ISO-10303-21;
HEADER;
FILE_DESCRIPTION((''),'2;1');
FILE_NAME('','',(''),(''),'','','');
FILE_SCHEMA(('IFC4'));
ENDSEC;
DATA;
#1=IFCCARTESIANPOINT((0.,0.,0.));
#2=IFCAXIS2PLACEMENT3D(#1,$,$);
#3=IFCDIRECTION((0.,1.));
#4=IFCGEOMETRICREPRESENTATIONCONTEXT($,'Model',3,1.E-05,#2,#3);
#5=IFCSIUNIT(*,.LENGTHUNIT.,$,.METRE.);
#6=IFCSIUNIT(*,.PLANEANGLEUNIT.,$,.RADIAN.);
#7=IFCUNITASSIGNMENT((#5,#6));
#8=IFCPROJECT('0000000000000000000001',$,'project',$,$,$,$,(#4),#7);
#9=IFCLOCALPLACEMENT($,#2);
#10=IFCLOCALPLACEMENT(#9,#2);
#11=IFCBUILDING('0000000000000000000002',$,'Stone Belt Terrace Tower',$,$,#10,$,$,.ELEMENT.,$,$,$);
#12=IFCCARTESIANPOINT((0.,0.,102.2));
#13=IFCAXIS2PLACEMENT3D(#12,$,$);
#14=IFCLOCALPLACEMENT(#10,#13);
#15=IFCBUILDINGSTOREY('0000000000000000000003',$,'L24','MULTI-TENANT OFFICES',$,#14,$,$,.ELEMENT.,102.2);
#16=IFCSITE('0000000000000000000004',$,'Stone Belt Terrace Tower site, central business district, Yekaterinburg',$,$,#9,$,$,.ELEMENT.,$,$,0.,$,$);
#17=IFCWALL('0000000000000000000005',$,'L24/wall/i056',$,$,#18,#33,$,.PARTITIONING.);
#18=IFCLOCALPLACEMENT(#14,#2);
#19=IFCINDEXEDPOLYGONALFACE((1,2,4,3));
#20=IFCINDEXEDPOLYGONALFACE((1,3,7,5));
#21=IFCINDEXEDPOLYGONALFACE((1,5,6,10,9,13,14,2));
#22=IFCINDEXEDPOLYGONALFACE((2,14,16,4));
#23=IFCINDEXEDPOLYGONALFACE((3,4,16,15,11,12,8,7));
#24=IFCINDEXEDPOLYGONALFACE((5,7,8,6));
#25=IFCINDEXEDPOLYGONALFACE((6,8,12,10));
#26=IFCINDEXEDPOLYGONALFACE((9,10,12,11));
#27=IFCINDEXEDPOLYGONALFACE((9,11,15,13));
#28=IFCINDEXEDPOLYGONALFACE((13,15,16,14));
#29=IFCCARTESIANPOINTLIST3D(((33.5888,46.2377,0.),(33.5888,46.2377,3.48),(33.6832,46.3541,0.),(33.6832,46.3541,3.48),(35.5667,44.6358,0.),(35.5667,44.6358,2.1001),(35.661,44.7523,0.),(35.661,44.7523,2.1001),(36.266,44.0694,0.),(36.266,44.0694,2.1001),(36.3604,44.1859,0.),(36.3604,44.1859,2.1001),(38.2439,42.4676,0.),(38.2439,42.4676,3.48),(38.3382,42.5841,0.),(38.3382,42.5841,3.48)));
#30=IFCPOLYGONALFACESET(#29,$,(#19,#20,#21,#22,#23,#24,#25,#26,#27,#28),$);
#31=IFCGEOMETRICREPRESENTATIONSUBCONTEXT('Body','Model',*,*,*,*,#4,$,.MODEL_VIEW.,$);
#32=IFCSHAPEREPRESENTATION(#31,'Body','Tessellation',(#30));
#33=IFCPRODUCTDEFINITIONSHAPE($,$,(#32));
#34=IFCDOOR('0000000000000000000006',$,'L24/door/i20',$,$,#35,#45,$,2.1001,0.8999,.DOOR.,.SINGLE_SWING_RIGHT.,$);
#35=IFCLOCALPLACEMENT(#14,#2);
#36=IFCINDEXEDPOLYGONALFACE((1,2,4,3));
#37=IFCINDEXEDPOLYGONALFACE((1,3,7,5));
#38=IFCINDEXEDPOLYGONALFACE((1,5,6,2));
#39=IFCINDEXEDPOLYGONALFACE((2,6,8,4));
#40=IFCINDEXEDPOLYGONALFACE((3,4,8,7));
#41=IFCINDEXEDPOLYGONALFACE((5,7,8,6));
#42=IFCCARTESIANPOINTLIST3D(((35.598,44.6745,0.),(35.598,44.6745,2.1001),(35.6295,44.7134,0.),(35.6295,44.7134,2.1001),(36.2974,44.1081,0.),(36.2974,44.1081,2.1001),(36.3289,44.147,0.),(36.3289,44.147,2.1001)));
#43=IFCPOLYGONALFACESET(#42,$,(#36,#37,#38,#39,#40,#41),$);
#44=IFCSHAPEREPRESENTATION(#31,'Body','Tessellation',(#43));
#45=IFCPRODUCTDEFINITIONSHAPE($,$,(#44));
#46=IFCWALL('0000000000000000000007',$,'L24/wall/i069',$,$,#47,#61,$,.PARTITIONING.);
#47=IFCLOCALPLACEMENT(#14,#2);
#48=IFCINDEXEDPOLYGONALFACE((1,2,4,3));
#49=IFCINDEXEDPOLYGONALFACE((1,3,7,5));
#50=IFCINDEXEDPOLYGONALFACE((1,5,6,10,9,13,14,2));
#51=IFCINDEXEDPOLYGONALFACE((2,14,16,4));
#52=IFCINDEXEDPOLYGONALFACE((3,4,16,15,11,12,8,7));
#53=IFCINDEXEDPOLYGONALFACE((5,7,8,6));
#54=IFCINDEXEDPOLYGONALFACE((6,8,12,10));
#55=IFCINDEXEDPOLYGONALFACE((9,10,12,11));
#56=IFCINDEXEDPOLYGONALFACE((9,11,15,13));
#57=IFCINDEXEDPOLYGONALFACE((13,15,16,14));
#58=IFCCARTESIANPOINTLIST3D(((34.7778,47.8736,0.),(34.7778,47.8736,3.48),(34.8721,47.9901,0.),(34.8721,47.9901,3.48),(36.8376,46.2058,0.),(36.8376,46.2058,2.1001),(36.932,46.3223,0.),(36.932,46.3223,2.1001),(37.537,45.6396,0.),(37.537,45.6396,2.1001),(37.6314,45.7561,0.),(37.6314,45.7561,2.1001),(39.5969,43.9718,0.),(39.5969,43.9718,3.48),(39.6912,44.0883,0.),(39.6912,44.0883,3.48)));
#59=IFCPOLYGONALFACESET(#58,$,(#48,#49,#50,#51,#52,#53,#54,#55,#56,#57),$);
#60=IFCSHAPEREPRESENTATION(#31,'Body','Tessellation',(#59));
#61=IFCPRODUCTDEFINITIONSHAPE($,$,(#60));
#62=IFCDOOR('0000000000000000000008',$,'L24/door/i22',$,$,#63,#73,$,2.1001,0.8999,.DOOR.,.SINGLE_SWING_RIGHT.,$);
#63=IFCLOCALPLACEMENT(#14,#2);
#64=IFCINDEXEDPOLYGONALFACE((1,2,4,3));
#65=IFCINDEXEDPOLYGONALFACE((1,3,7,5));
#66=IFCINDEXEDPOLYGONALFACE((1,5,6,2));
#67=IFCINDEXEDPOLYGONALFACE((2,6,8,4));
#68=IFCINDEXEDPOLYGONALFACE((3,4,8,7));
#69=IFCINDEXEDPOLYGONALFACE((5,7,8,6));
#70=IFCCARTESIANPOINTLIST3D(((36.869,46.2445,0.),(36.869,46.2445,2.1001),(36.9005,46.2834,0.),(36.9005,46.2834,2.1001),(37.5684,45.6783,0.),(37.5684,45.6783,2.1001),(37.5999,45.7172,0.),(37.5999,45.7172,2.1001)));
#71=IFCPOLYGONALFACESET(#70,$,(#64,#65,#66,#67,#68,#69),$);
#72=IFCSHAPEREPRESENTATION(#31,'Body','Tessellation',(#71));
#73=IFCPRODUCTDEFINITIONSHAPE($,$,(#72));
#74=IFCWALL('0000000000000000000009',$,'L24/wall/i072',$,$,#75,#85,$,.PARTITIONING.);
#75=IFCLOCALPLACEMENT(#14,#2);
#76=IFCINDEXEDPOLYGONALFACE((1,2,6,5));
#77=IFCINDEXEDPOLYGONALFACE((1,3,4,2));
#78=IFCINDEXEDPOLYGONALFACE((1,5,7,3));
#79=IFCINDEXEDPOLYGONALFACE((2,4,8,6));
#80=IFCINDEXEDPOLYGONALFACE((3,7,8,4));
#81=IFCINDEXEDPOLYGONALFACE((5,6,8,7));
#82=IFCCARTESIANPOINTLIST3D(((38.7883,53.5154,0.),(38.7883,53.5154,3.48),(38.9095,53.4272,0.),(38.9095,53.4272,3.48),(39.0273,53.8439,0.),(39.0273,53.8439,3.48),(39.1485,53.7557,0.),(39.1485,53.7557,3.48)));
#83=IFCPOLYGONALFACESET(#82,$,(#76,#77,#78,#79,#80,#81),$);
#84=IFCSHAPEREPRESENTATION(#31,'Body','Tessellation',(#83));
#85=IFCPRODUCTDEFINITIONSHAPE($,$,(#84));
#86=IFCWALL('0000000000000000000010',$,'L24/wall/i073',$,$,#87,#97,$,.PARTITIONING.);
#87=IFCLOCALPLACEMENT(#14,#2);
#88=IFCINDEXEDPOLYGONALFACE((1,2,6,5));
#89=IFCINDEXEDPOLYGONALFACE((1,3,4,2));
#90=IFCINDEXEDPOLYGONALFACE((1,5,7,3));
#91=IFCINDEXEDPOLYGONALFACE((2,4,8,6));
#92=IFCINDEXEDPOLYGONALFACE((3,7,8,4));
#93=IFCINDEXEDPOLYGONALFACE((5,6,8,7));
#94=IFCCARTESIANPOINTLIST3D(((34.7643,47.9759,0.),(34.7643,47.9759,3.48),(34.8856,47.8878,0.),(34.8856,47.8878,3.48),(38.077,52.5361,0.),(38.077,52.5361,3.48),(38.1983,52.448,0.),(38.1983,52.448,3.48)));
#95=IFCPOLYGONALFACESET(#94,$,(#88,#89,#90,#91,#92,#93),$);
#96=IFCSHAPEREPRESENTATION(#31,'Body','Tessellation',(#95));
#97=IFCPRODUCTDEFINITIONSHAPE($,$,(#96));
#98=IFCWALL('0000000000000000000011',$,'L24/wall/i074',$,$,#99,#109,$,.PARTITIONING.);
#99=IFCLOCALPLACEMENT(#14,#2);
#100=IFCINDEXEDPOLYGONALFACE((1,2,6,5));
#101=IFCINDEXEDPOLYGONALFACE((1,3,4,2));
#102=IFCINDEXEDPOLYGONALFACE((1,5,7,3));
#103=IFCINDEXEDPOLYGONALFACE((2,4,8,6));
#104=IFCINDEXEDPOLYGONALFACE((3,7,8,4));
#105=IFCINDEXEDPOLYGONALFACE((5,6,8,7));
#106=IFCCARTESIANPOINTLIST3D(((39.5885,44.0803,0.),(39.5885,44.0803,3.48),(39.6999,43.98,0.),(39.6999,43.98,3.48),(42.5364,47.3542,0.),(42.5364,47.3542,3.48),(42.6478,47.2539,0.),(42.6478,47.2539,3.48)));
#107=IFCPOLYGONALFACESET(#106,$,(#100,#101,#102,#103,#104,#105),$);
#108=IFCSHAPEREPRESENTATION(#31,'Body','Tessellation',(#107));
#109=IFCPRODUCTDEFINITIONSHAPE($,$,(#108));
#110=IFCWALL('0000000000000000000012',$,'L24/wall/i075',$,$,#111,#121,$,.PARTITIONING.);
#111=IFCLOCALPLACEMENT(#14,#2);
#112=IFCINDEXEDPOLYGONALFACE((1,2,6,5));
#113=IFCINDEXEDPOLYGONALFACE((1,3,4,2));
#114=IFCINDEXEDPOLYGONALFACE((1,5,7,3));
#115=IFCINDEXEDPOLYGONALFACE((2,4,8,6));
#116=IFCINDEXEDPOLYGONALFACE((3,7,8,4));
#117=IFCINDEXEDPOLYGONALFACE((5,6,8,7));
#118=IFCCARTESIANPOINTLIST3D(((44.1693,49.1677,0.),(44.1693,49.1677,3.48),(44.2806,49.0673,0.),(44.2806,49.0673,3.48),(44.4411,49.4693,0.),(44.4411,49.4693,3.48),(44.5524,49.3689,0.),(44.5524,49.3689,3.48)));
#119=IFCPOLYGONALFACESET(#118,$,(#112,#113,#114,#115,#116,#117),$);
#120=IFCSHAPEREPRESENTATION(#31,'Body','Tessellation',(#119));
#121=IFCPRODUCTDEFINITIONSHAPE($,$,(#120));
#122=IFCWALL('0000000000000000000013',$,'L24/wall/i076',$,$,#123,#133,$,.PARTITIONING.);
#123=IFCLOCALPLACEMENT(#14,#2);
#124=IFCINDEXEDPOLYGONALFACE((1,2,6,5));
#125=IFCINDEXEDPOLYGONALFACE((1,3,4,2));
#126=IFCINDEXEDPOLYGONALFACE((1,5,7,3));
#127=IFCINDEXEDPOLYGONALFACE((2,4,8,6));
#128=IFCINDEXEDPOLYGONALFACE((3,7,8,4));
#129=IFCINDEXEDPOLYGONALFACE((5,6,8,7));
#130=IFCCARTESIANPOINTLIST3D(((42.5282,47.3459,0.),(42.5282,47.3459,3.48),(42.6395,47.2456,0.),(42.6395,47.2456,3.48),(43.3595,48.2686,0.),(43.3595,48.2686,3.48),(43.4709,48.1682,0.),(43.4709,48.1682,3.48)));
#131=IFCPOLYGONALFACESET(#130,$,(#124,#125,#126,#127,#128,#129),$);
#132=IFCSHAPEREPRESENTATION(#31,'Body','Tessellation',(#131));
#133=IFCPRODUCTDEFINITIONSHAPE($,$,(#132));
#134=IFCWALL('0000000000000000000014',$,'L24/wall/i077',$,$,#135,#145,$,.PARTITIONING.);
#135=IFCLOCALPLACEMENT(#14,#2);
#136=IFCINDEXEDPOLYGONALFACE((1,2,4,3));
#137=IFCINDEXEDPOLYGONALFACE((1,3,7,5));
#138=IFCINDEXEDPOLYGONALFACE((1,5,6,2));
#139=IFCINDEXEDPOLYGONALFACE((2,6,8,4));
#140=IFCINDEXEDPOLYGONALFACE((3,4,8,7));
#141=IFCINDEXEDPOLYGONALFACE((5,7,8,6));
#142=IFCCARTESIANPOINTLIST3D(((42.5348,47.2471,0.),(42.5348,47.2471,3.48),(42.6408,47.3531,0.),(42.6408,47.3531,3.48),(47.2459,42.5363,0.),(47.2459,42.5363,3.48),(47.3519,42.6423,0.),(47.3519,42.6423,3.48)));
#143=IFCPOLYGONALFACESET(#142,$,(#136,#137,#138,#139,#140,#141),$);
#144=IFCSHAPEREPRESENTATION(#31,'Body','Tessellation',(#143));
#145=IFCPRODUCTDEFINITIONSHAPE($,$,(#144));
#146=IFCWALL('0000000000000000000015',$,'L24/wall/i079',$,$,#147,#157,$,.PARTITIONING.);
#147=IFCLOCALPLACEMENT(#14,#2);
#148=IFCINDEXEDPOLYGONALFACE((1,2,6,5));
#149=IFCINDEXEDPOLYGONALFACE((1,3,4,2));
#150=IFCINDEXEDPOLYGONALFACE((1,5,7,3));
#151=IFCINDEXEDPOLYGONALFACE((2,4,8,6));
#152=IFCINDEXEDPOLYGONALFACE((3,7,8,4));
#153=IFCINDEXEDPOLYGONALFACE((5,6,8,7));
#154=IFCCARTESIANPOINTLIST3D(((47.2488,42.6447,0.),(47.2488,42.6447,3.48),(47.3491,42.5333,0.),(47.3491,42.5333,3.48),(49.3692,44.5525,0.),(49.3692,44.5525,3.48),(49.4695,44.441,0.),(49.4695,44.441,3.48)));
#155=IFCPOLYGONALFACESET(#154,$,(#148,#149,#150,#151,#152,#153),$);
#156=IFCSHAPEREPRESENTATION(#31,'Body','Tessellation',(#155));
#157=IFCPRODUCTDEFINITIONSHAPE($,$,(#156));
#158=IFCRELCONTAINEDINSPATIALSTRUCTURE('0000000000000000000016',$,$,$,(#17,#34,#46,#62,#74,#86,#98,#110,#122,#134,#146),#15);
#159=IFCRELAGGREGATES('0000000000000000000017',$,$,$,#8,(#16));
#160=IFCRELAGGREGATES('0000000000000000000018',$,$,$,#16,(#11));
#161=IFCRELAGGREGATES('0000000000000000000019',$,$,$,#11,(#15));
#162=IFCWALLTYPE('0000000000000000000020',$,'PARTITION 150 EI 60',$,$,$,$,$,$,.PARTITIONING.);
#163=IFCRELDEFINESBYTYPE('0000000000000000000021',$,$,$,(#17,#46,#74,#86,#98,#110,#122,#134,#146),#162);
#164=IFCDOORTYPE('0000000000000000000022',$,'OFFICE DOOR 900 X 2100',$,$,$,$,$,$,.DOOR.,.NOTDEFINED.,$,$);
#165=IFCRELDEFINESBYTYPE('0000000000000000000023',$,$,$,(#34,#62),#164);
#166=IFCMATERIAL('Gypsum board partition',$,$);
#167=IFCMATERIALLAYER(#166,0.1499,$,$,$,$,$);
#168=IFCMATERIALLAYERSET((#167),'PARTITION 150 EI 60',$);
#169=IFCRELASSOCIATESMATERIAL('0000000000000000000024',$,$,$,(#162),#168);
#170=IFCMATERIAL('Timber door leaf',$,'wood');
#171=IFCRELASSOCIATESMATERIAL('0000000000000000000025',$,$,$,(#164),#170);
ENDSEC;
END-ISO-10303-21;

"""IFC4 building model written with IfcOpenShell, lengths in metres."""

from ifc_helpers import new_model, si_unit, direction, frame, frame_2d, origin, place, context, subcontext, project, spatial, rectangle, extrude, material, layer, layer_set, type_object, element, fill, save


model = new_model("IFC4")

# Units and contexts
model_context = context("Model", 3, precision=1e-05, world=origin(), true_north=direction((0.0, 1.0)))
body_context = subcontext(model_context, "Body", "Model", "MODEL_VIEW")
ifc_project = project(units=[si_unit("LENGTHUNIT", "METRE"), si_unit("PLANEANGLEUNIT", "RADIAN")], contexts=[model_context])

# Site, building, storey
site_placement = place(None, origin())
site = spatial("IfcSite", under=ifc_project, at=site_placement, Name="Stone Belt Terrace Tower site, central business district, Yekaterinburg", CompositionType="ELEMENT", RefElevation=0.0)
building_placement = place(site_placement, origin())
building = spatial("IfcBuilding", under=site, at=building_placement, Name="Stone Belt Terrace Tower", CompositionType="ELEMENT")
storey_placement = place(building_placement, frame((0.0, 0.0, 102.2)))
storey = spatial("IfcBuildingStorey", under=building, at=storey_placement, Name="L24", Description="MULTI-TENANT OFFICES", CompositionType="ELEMENT", Elevation=102.2)

# Shared definitions
ifc_material_1 = material(Name="Gypsum board partition")
ifc_layer_1 = layer(ifc_material_1, 0.1499)
ifc_layer_set_1 = layer_set([ifc_layer_1], Name="PARTITION 150 EI 60")
wall_type = type_object("IfcWallType", Name="PARTITION 150 EI 60", PredefinedType="PARTITIONING", material=ifc_layer_set_1)

# Walls, openings, doors
wall_1_placement = place(storey_placement, frame((33.636, 46.2959, 0.0), z_axis=(0.0, 0.0, 1.0), x_axis=(0.777109, -0.629366, 0.0)))
wall_1 = element("IfcWall", 1, at=wall_1_placement, inside=storey, type_object=wall_type, Name="L24/wall/i056", PredefinedType="PARTITIONING", context=body_context, shape_type="SweptSolid", body=[
    extrude(rectangle(XDim=5.9902, YDim=0.1499, at=frame_2d((2.9951, 0.0))), origin(), (0.0, 0.0, 1.0), 3.48),
])
opening_1_placement = place(wall_1_placement, frame((2.5452, 0.0, 0.0)))
opening_1 = element("IfcOpeningElement", 2, at=opening_1_placement, cuts=wall_1, PredefinedType="OPENING", context=body_context, shape_type="SweptSolid", body=[
    extrude(rectangle(XDim=0.8999, YDim=2.1001, at=frame_2d((0.45, 1.05))), frame((0.0, 0.085, 0.0), z_axis=(0.0, -1.0, 0.0), x_axis=(1.0, 0.0, 0.0)), (0.0, 0.0, 1.0), 0.1699),
])
ifc_material_2 = material(Name="Timber door leaf", Category="wood")
door_type = type_object("IfcDoorType", Name="OFFICE DOOR 900 X 2100", OperationType="NOTDEFINED", PredefinedType="DOOR", material=ifc_material_2)
door_1_placement = place(opening_1_placement, origin())
door_1 = element("IfcDoor", 3, at=door_1_placement, inside=storey, type_object=door_type, Name="L24/door/i20", OperationType="SINGLE_SWING_RIGHT", OverallHeight=2.1001, OverallWidth=0.8999, PredefinedType="DOOR", context=body_context, shape_type="SweptSolid", body=[
    extrude(rectangle(XDim=0.8999, YDim=2.1001, at=frame_2d((0.45, 1.05))), frame((0.0, 0.0249, 0.0), z_axis=(0.0, -1.0, 0.0), x_axis=(1.0, 0.0, 0.0)), (0.0, 0.0, 1.0), 0.05),
])
fill(opening_1, door_1)
wall_2_placement = place(storey_placement, frame((34.825, 47.9319, 0.0), z_axis=(0.0, 0.0, 1.0), x_axis=(0.777191, -0.629265, 0.0)))
wall_2 = element("IfcWall", 4, at=wall_2_placement, inside=storey, type_object=wall_type, Name="L24/wall/i069", PredefinedType="PARTITIONING", context=body_context, shape_type="SweptSolid", body=[
    extrude(rectangle(XDim=6.2007, YDim=0.1499, at=frame_2d((3.1003, 0.0))), origin(), (0.0, 0.0, 1.0), 3.48),
])
opening_2_placement = place(wall_2_placement, frame((2.6504, 0.0, 0.0)))
opening_2 = element("IfcOpeningElement", 5, at=opening_2_placement, cuts=wall_2, PredefinedType="OPENING", context=body_context, shape_type="SweptSolid", body=[
    extrude(rectangle(XDim=0.8999, YDim=2.1001, at=frame_2d((0.45, 1.05))), frame((0.0, 0.085, 0.0), z_axis=(0.0, -1.0, 0.0), x_axis=(1.0, 0.0, 0.0)), (0.0, 0.0, 1.0), 0.1699),
])
door_2_placement = place(opening_2_placement, origin())
door_2 = element("IfcDoor", 6, at=door_2_placement, inside=storey, type_object=door_type, Name="L24/door/i22", OperationType="SINGLE_SWING_RIGHT", OverallHeight=2.1001, OverallWidth=0.8999, PredefinedType="DOOR", context=body_context, shape_type="SweptSolid", body=[
    extrude(rectangle(XDim=0.8999, YDim=2.1001, at=frame_2d((0.45, 1.05))), frame((0.0, 0.0249, 0.0), z_axis=(0.0, -1.0, 0.0), x_axis=(1.0, 0.0, 0.0)), (0.0, 0.0, 1.0), 0.05),
])
fill(opening_2, door_2)

# Walls
wall_3_placement = place(storey_placement, frame((39.0879, 53.7998, 0.0), z_axis=(0.0, 0.0, 1.0), x_axis=(-0.588207, -0.80871, 0.0)))
element("IfcWall", 7, at=wall_3_placement, inside=storey, type_object=wall_type, Name="L24/wall/i072", PredefinedType="PARTITIONING", context=body_context, shape_type="SweptSolid", body=[
    extrude(rectangle(XDim=0.4062, YDim=0.1499, at=frame_2d((0.2031, 0.0))), origin(), (0.0, 0.0, 1.0), 3.48),
])
wall_4_placement = place(storey_placement, frame((38.1377, 52.4922, 0.0), z_axis=(0.0, 0.0, 1.0), x_axis=(-0.587726, -0.80906, 0.0)))
element("IfcWall", 8, at=wall_4_placement, inside=storey, type_object=wall_type, Name="L24/wall/i073", PredefinedType="PARTITIONING", context=body_context, shape_type="SweptSolid", body=[
    extrude(rectangle(XDim=5.6365, YDim=0.1499, at=frame_2d((2.8184, 0.0))), origin(), (0.0, 0.0, 1.0), 3.48),
])
wall_5_placement = place(storey_placement, frame((42.592, 47.304, 0.0), z_axis=(0.0, 0.0, 1.0), x_axis=(-0.669148, -0.743129, 0.0)))
element("IfcWall", 9, at=wall_5_placement, inside=storey, type_object=wall_type, Name="L24/wall/i074", PredefinedType="PARTITIONING", context=body_context, shape_type="SweptSolid", body=[
    extrude(rectangle(XDim=4.4055, YDim=0.1499, at=frame_2d((2.2026, 0.0))), origin(), (0.0, 0.0, 1.0), 3.48),
])
wall_6_placement = place(storey_placement, frame((44.4968, 49.4192, 0.0), z_axis=(0.0, 0.0, 1.0), x_axis=(-0.669463, -0.742845, 0.0)))
element("IfcWall", 10, at=wall_6_placement, inside=storey, type_object=wall_type, Name="L24/wall/i075", PredefinedType="PARTITIONING", context=body_context, shape_type="SweptSolid", body=[
    extrude(rectangle(XDim=0.406, YDim=0.1499, at=frame_2d((0.2031, 0.0))), origin(), (0.0, 0.0, 1.0), 3.48),
])
wall_7_placement = place(storey_placement, frame((43.4153, 48.2185, 0.0), z_axis=(0.0, 0.0, 1.0), x_axis=(-0.669388, -0.742913, 0.0)))
element("IfcWall", 11, at=wall_7_placement, inside=storey, type_object=wall_type, Name="L24/wall/i076", PredefinedType="PARTITIONING", context=body_context, shape_type="SweptSolid", body=[
    extrude(rectangle(XDim=1.2419, YDim=0.1499, at=frame_2d((0.6211, 0.0))), origin(), (0.0, 0.0, 1.0), 3.48),
])
wall_8_placement = place(storey_placement, frame((42.5879, 47.3, 0.0), z_axis=(0.0, 0.0, 1.0), x_axis=(0.707125, -0.707088, 0.0)))
element("IfcWall", 12, at=wall_8_placement, inside=storey, type_object=wall_type, Name="L24/wall/i077", PredefinedType="PARTITIONING", context=body_context, shape_type="SweptSolid", body=[
    extrude(rectangle(XDim=6.6624, YDim=0.1499, at=frame_2d((3.3311, 0.0))), origin(), (0.0, 0.0, 1.0), 3.48),
])
wall_9_placement = place(storey_placement, frame((49.4194, 44.4968, 0.0), z_axis=(0.0, 0.0, 1.0), x_axis=(-0.743401, -0.668846, 0.0)))
element("IfcWall", 13, at=wall_9_placement, inside=storey, type_object=wall_type, Name="L24/wall/i079", PredefinedType="PARTITIONING", context=body_context, shape_type="SweptSolid", body=[
    extrude(rectangle(XDim=2.8523, YDim=0.1499, at=frame_2d((1.4263, 0.0))), origin(), (0.0, 0.0, 1.0), 3.48),
])

save(model, "model.ifc")
